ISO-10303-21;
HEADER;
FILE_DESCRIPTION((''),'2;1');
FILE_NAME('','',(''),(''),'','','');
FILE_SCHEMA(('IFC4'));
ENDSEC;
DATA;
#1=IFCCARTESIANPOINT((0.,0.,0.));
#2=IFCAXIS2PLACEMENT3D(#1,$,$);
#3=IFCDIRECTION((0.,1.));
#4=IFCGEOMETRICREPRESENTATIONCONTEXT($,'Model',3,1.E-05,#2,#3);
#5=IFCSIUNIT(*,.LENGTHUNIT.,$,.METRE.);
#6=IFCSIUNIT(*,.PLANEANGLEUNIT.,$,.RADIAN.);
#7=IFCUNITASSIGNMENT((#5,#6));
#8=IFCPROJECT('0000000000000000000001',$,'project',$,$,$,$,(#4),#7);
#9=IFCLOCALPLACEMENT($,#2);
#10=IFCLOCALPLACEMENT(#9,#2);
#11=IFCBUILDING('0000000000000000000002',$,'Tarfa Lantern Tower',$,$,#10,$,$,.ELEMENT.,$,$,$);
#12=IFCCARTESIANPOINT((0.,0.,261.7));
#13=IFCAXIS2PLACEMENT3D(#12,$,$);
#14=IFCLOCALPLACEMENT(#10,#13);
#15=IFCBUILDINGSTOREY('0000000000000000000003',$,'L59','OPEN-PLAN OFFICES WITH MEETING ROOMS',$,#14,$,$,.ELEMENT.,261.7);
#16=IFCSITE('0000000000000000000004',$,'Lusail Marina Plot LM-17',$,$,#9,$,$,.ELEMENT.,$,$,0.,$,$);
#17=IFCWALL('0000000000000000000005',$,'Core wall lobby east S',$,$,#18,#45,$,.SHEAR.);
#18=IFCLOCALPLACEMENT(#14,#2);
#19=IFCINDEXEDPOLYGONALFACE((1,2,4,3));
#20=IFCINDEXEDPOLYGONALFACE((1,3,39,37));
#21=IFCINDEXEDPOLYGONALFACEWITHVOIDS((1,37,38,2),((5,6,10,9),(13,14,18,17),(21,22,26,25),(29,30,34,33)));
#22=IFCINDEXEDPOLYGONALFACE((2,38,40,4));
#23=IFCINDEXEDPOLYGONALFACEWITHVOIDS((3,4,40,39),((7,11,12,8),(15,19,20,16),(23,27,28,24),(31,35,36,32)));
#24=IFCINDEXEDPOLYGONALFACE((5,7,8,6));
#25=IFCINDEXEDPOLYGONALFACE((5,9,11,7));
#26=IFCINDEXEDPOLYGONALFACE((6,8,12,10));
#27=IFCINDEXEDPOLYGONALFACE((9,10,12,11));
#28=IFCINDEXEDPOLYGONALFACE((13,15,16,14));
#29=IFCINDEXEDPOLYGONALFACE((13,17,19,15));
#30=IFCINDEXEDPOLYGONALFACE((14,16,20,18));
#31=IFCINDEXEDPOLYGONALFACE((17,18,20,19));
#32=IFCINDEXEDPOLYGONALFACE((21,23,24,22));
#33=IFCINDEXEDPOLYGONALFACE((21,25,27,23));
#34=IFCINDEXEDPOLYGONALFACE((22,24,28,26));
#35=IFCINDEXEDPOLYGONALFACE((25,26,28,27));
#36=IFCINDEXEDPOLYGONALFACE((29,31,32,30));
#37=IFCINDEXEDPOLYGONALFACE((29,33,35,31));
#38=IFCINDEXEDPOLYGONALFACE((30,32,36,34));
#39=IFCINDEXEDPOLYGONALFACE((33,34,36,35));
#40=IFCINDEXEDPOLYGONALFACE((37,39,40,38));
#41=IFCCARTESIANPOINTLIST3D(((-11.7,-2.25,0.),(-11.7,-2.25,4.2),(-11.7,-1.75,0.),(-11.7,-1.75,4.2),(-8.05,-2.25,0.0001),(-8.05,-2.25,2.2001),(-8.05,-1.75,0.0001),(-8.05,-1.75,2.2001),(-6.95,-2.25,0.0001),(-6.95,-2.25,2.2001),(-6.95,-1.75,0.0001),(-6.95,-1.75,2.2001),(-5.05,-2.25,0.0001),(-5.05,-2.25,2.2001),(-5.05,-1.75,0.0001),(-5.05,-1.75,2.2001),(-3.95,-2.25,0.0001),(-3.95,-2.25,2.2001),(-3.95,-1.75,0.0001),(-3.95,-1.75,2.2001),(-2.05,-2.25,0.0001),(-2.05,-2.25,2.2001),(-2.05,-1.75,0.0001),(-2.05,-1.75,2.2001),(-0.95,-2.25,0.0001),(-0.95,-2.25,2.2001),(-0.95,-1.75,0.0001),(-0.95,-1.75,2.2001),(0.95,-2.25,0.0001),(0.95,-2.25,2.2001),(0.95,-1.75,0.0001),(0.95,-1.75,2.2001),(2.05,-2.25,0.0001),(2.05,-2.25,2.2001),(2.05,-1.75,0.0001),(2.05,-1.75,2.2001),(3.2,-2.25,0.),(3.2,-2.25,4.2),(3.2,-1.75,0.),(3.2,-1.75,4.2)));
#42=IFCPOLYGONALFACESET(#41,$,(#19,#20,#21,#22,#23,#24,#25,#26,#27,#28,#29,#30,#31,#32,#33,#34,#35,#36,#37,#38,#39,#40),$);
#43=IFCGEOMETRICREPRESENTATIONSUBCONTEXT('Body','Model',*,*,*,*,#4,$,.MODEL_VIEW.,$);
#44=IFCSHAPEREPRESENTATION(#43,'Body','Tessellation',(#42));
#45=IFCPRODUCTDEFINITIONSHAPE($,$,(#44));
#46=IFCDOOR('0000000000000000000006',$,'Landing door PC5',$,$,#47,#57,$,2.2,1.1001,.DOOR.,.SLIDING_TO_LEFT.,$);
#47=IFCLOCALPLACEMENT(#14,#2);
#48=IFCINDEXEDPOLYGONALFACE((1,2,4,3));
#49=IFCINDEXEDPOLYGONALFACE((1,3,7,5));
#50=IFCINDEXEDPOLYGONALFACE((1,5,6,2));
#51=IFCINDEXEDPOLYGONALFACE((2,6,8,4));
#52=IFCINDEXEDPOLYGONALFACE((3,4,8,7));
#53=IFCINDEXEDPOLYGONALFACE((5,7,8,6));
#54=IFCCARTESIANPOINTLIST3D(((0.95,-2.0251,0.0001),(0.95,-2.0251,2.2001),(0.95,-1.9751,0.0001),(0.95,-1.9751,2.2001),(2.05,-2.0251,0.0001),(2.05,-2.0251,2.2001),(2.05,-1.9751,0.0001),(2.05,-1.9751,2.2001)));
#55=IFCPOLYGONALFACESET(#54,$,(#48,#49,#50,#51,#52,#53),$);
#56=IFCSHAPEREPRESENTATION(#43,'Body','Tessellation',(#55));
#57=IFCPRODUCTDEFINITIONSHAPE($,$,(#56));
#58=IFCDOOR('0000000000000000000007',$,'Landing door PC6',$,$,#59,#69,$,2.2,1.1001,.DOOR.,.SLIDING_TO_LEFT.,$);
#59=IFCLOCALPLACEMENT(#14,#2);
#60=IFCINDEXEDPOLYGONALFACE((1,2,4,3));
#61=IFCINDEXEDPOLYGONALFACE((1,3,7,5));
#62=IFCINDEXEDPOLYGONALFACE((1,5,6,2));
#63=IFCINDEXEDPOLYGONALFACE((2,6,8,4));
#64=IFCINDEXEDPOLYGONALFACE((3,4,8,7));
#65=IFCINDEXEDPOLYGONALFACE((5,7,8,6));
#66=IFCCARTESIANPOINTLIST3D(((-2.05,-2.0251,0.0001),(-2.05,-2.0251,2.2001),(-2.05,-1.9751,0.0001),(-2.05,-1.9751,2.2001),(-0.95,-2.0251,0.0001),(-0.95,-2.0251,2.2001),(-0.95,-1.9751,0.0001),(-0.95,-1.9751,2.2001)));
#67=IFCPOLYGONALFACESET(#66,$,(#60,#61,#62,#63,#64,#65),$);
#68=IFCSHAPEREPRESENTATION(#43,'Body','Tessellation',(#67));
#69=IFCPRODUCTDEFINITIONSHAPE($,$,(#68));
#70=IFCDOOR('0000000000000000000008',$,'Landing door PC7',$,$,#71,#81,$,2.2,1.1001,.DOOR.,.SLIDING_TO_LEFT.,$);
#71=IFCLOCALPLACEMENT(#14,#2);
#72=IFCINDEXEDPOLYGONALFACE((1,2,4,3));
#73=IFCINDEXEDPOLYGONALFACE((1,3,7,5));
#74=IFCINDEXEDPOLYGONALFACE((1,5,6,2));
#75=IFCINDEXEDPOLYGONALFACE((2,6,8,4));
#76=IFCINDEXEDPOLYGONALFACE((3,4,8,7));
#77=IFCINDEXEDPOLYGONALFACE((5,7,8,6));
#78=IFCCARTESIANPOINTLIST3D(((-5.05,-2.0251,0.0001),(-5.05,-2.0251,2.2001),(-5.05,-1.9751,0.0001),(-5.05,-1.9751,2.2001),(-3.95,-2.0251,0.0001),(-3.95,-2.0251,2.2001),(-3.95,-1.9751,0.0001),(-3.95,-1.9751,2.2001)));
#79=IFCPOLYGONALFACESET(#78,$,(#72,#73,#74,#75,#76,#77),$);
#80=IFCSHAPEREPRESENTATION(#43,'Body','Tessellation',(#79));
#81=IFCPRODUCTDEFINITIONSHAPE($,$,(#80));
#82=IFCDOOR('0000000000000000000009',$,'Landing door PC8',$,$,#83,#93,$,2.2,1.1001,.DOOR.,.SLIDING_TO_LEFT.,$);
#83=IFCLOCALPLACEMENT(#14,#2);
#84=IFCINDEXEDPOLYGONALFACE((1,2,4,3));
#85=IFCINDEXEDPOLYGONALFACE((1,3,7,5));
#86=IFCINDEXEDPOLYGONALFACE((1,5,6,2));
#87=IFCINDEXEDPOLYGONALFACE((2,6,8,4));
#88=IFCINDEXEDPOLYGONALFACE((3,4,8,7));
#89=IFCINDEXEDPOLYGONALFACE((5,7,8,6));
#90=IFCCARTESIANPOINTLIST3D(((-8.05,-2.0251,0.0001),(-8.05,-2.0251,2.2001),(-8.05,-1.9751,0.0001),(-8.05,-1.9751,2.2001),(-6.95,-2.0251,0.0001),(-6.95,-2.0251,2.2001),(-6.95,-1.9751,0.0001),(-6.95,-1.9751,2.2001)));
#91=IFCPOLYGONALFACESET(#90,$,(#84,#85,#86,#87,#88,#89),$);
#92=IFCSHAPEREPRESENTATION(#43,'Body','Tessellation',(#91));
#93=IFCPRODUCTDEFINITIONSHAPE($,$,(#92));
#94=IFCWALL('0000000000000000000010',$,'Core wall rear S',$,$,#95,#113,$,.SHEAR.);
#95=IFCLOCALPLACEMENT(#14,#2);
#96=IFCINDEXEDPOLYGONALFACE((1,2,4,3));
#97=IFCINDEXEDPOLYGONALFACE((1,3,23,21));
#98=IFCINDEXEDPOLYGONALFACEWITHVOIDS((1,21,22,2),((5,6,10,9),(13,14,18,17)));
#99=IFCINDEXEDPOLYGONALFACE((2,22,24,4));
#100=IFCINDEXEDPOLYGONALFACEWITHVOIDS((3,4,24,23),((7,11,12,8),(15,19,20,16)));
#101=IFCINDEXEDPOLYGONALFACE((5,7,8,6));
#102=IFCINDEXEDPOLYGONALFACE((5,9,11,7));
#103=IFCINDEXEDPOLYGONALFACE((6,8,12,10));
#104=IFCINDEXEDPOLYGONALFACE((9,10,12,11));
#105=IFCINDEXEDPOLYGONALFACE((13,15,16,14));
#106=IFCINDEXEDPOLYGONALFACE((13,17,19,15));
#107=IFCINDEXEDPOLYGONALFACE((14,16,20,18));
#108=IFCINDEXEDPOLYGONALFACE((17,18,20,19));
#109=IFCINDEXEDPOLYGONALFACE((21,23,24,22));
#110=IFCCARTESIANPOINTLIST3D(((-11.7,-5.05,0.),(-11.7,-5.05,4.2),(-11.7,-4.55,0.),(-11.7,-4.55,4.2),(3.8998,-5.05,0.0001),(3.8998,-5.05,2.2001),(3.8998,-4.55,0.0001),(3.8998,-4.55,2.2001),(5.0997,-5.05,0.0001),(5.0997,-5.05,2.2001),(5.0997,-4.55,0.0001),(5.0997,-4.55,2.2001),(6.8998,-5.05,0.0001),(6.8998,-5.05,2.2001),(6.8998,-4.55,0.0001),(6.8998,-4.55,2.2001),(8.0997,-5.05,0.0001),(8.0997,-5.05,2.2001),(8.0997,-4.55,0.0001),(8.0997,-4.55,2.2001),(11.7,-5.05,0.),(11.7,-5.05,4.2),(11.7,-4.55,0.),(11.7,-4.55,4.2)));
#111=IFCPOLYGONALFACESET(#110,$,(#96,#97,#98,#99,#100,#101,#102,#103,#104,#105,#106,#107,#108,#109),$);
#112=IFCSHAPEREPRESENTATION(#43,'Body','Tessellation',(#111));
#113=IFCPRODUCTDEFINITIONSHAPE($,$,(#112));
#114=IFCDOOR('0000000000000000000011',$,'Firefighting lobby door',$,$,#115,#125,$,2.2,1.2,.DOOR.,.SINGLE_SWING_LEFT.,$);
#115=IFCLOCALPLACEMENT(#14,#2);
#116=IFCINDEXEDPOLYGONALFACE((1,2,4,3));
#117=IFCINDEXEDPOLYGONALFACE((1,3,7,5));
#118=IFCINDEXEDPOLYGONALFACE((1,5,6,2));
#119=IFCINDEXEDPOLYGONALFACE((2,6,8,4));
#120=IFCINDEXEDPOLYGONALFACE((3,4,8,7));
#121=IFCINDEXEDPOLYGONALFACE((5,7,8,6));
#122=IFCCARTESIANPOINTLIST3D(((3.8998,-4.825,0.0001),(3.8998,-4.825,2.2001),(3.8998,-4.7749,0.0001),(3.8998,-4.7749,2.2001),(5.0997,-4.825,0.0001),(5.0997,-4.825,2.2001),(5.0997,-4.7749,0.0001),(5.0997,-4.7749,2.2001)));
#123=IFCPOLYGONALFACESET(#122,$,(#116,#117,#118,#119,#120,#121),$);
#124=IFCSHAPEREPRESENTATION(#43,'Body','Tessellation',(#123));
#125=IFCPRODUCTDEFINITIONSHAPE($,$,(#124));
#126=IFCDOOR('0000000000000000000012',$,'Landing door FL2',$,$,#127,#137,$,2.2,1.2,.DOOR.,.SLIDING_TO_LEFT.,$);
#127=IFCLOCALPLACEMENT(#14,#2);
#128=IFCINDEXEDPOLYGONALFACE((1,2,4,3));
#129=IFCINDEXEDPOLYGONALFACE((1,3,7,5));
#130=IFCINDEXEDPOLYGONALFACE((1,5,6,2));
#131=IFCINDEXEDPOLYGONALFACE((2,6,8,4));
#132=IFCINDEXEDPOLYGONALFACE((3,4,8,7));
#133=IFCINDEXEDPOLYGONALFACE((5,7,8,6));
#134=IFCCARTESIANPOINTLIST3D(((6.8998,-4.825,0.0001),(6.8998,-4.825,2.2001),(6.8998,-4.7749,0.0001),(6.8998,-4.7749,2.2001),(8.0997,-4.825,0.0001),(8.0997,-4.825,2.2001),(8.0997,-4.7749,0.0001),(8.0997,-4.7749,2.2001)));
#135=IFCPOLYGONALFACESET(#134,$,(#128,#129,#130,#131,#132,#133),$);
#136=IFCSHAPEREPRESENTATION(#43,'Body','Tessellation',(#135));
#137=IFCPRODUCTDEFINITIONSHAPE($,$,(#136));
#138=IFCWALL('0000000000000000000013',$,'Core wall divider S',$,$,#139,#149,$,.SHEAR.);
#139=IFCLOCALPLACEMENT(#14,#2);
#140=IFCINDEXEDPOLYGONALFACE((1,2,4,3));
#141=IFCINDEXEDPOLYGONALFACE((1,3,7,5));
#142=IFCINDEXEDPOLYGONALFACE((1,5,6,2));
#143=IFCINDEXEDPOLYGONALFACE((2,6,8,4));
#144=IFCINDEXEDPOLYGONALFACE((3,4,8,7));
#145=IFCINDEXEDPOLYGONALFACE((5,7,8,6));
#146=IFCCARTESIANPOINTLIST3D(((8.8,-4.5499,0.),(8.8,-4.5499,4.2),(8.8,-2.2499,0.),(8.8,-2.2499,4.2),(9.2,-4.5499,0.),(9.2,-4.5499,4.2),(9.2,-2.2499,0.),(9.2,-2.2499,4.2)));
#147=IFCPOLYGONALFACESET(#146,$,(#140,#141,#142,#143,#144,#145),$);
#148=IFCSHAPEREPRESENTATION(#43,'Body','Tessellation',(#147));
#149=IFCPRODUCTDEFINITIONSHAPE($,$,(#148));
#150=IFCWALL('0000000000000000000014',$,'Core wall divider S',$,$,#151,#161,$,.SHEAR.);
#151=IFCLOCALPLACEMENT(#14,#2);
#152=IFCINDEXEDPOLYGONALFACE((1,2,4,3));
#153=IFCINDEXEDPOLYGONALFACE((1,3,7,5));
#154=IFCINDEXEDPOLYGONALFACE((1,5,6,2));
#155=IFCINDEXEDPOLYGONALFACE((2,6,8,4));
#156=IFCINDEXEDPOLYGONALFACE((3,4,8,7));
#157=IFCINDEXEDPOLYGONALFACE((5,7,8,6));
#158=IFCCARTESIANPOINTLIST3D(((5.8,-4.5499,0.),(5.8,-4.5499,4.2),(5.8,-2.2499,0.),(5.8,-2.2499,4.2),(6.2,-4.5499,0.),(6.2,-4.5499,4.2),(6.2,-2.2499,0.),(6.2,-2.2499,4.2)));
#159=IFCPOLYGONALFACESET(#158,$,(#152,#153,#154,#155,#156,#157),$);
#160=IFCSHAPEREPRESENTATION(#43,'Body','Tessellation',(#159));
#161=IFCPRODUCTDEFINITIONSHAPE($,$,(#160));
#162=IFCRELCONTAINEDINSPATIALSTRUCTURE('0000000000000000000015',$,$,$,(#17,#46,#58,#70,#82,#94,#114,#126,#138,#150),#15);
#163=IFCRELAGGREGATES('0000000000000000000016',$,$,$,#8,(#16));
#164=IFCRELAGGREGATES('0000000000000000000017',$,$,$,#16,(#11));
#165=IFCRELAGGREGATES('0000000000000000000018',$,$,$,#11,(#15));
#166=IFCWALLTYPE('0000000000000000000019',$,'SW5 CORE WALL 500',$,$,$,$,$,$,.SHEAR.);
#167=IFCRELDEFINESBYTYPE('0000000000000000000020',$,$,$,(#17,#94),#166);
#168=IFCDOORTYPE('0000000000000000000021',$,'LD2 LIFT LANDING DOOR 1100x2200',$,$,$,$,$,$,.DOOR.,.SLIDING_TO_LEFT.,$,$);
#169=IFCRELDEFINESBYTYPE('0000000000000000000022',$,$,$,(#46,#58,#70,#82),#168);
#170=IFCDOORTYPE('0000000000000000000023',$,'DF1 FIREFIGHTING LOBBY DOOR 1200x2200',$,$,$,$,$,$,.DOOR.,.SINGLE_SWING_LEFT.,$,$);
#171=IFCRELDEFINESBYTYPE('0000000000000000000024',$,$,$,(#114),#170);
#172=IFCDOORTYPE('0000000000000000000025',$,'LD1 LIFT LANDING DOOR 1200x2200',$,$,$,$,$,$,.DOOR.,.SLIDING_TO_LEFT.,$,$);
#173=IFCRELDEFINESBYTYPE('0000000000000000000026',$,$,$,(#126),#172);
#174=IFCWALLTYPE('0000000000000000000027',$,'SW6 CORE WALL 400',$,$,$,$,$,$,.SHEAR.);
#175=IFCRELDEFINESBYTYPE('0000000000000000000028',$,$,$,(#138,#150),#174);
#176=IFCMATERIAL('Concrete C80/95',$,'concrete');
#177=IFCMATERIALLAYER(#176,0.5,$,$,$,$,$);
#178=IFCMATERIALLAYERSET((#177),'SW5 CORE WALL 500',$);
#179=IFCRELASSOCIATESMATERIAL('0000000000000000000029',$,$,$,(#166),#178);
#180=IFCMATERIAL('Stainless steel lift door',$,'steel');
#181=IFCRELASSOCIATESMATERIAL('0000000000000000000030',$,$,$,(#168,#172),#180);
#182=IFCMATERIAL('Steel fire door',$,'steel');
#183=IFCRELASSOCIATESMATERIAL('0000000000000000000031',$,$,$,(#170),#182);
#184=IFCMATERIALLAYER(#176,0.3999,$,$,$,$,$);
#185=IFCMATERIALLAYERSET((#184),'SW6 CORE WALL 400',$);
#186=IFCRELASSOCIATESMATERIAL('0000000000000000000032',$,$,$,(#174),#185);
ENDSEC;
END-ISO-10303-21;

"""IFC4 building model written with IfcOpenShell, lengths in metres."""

from ifc_helpers import new_model, si_unit, direction, frame, frame_2d, origin, place, context, subcontext, project, spatial, rectangle, extrude, material, layer, layer_set, type_object, element, fill, save


model = new_model("IFC4")

# Units and contexts
model_context = context("Model", 3, precision=1e-05, world=origin(), true_north=direction((0.0, 1.0)))
body_context = subcontext(model_context, "Body", "Model", "MODEL_VIEW")
ifc_project = project(units=[si_unit("LENGTHUNIT", "METRE"), si_unit("PLANEANGLEUNIT", "RADIAN")], contexts=[model_context])

# Site, building, storey
site_placement = place(None, origin())
site = spatial("IfcSite", under=ifc_project, at=site_placement, Name="Lusail Marina Plot LM-17", CompositionType="ELEMENT", RefElevation=0.0)
building_placement = place(site_placement, origin())
building = spatial("IfcBuilding", under=site, at=building_placement, Name="Tarfa Lantern Tower", CompositionType="ELEMENT")
storey_placement = place(building_placement, frame((0.0, 0.0, 261.7)))
storey = spatial("IfcBuildingStorey", under=building, at=storey_placement, Name="L59", Description="OPEN-PLAN OFFICES WITH MEETING ROOMS", CompositionType="ELEMENT", Elevation=261.7)

# Shared definitions
ifc_material_1 = material(Name="Concrete C80/95", Category="concrete")

# Shared definitions
ifc_material_2 = material(Name="Steel fire door", Category="steel")

# Shared definitions
ifc_layer_1 = layer(ifc_material_1, 0.5)
ifc_layer_set_1 = layer_set([ifc_layer_1], Name="SW5 CORE WALL 500")
wall_type_1 = type_object("IfcWallType", Name="SW5 CORE WALL 500", PredefinedType="SHEAR", material=ifc_layer_set_1)

# Walls, openings, doors
wall_1_placement = place(storey_placement, frame((3.2, -2.0, 0.0), z_axis=(0.0, 0.0, 1.0), x_axis=(-1.0, 0.0, 0.0)))
wall_1 = element("IfcWall", 1, at=wall_1_placement, inside=storey, type_object=wall_type_1, Name="Core wall lobby east S", PredefinedType="SHEAR", context=body_context, shape_type="SweptSolid", body=[
    extrude(rectangle(XDim=14.8999, YDim=0.5, at=frame_2d((7.45, 0.0))), origin(), (0.0, 0.0, 1.0), 4.2),
])
opening_1_placement = place(wall_1_placement, frame((1.1499, 0.0, 0.0)))
opening_1 = element("IfcOpeningElement", 2, at=opening_1_placement, cuts=wall_1, PredefinedType="OPENING", context=body_context, shape_type="SweptSolid", body=[
    extrude(rectangle(XDim=1.1001, YDim=2.2, at=frame_2d((0.55, 1.1001))), frame((0.0, 0.26, 0.0), z_axis=(0.0, -1.0, 0.0), x_axis=(1.0, 0.0, 0.0)), (0.0, 0.0, 1.0), 0.52),
])
opening_2_placement = place(wall_1_placement, frame((4.1499, 0.0, 0.0)))
opening_2 = element("IfcOpeningElement", 3, at=opening_2_placement, cuts=wall_1, PredefinedType="OPENING", context=body_context, shape_type="SweptSolid", body=[
    extrude(rectangle(XDim=1.1001, YDim=2.2, at=frame_2d((0.55, 1.1001))), frame((0.0, 0.26, 0.0), z_axis=(0.0, -1.0, 0.0), x_axis=(1.0, 0.0, 0.0)), (0.0, 0.0, 1.0), 0.52),
])
opening_3_placement = place(wall_1_placement, frame((7.1499, 0.0, 0.0)))
opening_3 = element("IfcOpeningElement", 4, at=opening_3_placement, cuts=wall_1, PredefinedType="OPENING", context=body_context, shape_type="SweptSolid", body=[
    extrude(rectangle(XDim=1.1001, YDim=2.2, at=frame_2d((0.55, 1.1001))), frame((0.0, 0.26, 0.0), z_axis=(0.0, -1.0, 0.0), x_axis=(1.0, 0.0, 0.0)), (0.0, 0.0, 1.0), 0.52),
])
opening_4_placement = place(wall_1_placement, frame((10.1499, 0.0, 0.0)))
opening_4 = element("IfcOpeningElement", 5, at=opening_4_placement, cuts=wall_1, PredefinedType="OPENING", context=body_context, shape_type="SweptSolid", body=[
    extrude(rectangle(XDim=1.1001, YDim=2.2, at=frame_2d((0.55, 1.1001))), frame((0.0, 0.26, 0.0), z_axis=(0.0, -1.0, 0.0), x_axis=(1.0, 0.0, 0.0)), (0.0, 0.0, 1.0), 0.52),
])
ifc_material_3 = material(Name="Stainless steel lift door", Category="steel")
door_type_1 = type_object("IfcDoorType", Name="LD2 LIFT LANDING DOOR 1100x2200", OperationType="SLIDING_TO_LEFT", PredefinedType="DOOR", material=ifc_material_3)
door_1_placement = place(opening_1_placement, frame((1.1001, 0.0, 0.0), z_axis=(0.0, 0.0, 1.0), x_axis=(-1.0, 0.0, 0.0)))
door_1 = element("IfcDoor", 6, at=door_1_placement, inside=storey, type_object=door_type_1, Name="Landing door PC5", OperationType="SLIDING_TO_LEFT", OverallHeight=2.2, OverallWidth=1.1001, PredefinedType="DOOR", context=body_context, shape_type="SweptSolid", body=[
    extrude(rectangle(XDim=1.1001, YDim=2.2, at=frame_2d((0.55, 1.1001))), frame((0.0, 0.0249, 0.0), z_axis=(0.0, -1.0, 0.0), x_axis=(1.0, 0.0, 0.0)), (0.0, 0.0, 1.0), 0.05),
])
fill(opening_1, door_1)
door_2_placement = place(opening_2_placement, frame((1.1001, 0.0, 0.0), z_axis=(0.0, 0.0, 1.0), x_axis=(-1.0, 0.0, 0.0)))
door_2 = element("IfcDoor", 7, at=door_2_placement, inside=storey, type_object=door_type_1, Name="Landing door PC6", OperationType="SLIDING_TO_LEFT", OverallHeight=2.2, OverallWidth=1.1001, PredefinedType="DOOR", context=body_context, shape_type="SweptSolid", body=[
    extrude(rectangle(XDim=1.1001, YDim=2.2, at=frame_2d((0.55, 1.1001))), frame((0.0, 0.0249, 0.0), z_axis=(0.0, -1.0, 0.0), x_axis=(1.0, 0.0, 0.0)), (0.0, 0.0, 1.0), 0.05),
])
fill(opening_2, door_2)
door_3_placement = place(opening_3_placement, frame((1.1001, 0.0, 0.0), z_axis=(0.0, 0.0, 1.0), x_axis=(-1.0, 0.0, 0.0)))
door_3 = element("IfcDoor", 8, at=door_3_placement, inside=storey, type_object=door_type_1, Name="Landing door PC7", OperationType="SLIDING_TO_LEFT", OverallHeight=2.2, OverallWidth=1.1001, PredefinedType="DOOR", context=body_context, shape_type="SweptSolid", body=[
    extrude(rectangle(XDim=1.1001, YDim=2.2, at=frame_2d((0.55, 1.1001))), frame((0.0, 0.0249, 0.0), z_axis=(0.0, -1.0, 0.0), x_axis=(1.0, 0.0, 0.0)), (0.0, 0.0, 1.0), 0.05),
])
fill(opening_3, door_3)
door_4_placement = place(opening_4_placement, frame((1.1001, 0.0, 0.0), z_axis=(0.0, 0.0, 1.0), x_axis=(-1.0, 0.0, 0.0)))
door_4 = element("IfcDoor", 9, at=door_4_placement, inside=storey, type_object=door_type_1, Name="Landing door PC8", OperationType="SLIDING_TO_LEFT", OverallHeight=2.2, OverallWidth=1.1001, PredefinedType="DOOR", context=body_context, shape_type="SweptSolid", body=[
    extrude(rectangle(XDim=1.1001, YDim=2.2, at=frame_2d((0.55, 1.1001))), frame((0.0, 0.0249, 0.0), z_axis=(0.0, -1.0, 0.0), x_axis=(1.0, 0.0, 0.0)), (0.0, 0.0, 1.0), 0.05),
])
fill(opening_4, door_4)
wall_2_placement = place(storey_placement, frame((11.7, -4.8, 0.0), z_axis=(0.0, 0.0, 1.0), x_axis=(-1.0, 0.0, 0.0)))
wall_2 = element("IfcWall", 10, at=wall_2_placement, inside=storey, type_object=wall_type_1, Name="Core wall rear S", PredefinedType="SHEAR", context=body_context, shape_type="SweptSolid", body=[
    extrude(rectangle(XDim=23.3999, YDim=0.5, at=frame_2d((11.7, 0.0))), origin(), (0.0, 0.0, 1.0), 4.2),
])
opening_5_placement = place(wall_2_placement, frame((6.6001, 0.0, 0.0)))
opening_5 = element("IfcOpeningElement", 11, at=opening_5_placement, cuts=wall_2, PredefinedType="OPENING", context=body_context, shape_type="SweptSolid", body=[
    extrude(rectangle(XDim=1.2, YDim=2.2, at=frame_2d((0.6001, 1.1001))), frame((0.0, 0.26, 0.0), z_axis=(0.0, -1.0, 0.0), x_axis=(1.0, 0.0, 0.0)), (0.0, 0.0, 1.0), 0.52),
])
opening_6_placement = place(wall_2_placement, frame((3.6001, 0.0, 0.0)))
opening_6 = element("IfcOpeningElement", 12, at=opening_6_placement, cuts=wall_2, PredefinedType="OPENING", context=body_context, shape_type="SweptSolid", body=[
    extrude(rectangle(XDim=1.2, YDim=2.2, at=frame_2d((0.6001, 1.1001))), frame((0.0, 0.26, 0.0), z_axis=(0.0, -1.0, 0.0), x_axis=(1.0, 0.0, 0.0)), (0.0, 0.0, 1.0), 0.52),
])
door_type_2 = type_object("IfcDoorType", Name="DF1 FIREFIGHTING LOBBY DOOR 1200x2200", OperationType="SINGLE_SWING_LEFT", PredefinedType="DOOR", material=ifc_material_2)
door_5_placement = place(opening_5_placement, origin())
door_5 = element("IfcDoor", 13, at=door_5_placement, inside=storey, type_object=door_type_2, Name="Firefighting lobby door", OperationType="SINGLE_SWING_LEFT", OverallHeight=2.2, OverallWidth=1.2, PredefinedType="DOOR", context=body_context, shape_type="SweptSolid", body=[
    extrude(rectangle(XDim=1.2, YDim=2.2, at=frame_2d((0.6001, 1.1001))), frame((0.0, 0.0249, 0.0), z_axis=(0.0, -1.0, 0.0), x_axis=(1.0, 0.0, 0.0)), (0.0, 0.0, 1.0), 0.05),
])
fill(opening_5, door_5)
door_type_3 = type_object("IfcDoorType", Name="LD1 LIFT LANDING DOOR 1200x2200", OperationType="SLIDING_TO_LEFT", PredefinedType="DOOR", material=ifc_material_3)
door_6_placement = place(opening_6_placement, origin())
door_6 = element("IfcDoor", 14, at=door_6_placement, inside=storey, type_object=door_type_3, Name="Landing door FL2", OperationType="SLIDING_TO_LEFT", OverallHeight=2.2, OverallWidth=1.2, PredefinedType="DOOR", context=body_context, shape_type="SweptSolid", body=[
    extrude(rectangle(XDim=1.2, YDim=2.2, at=frame_2d((0.6001, 1.1001))), frame((0.0, 0.0249, 0.0), z_axis=(0.0, -1.0, 0.0), x_axis=(1.0, 0.0, 0.0)), (0.0, 0.0, 1.0), 0.05),
])
fill(opening_6, door_6)

# Walls
ifc_layer_2 = layer(ifc_material_1, 0.3999)
ifc_layer_set_2 = layer_set([ifc_layer_2], Name="SW6 CORE WALL 400")
wall_type_2 = type_object("IfcWallType", Name="SW6 CORE WALL 400", PredefinedType="SHEAR", material=ifc_layer_set_2)
for number, where, z_axis, x_axis, name in (
    (15, (9.0, -2.25, 0.0), (0.0, 0.0, 1.0), (0.0, -1.0, 0.0), "Core wall divider S"),
    (16, (6.0, -2.25, 0.0), (0.0, 0.0, 1.0), (0.0, -1.0, 0.0), "Core wall divider S"),
):
    element("IfcWall", number, at=place(storey_placement, frame(where, z_axis=z_axis, x_axis=x_axis)), inside=storey, type_object=wall_type_2, Name=name, PredefinedType="SHEAR", context=body_context, shape_type="SweptSolid", body=[
        extrude(rectangle(XDim=2.3, YDim=0.3999, at=frame_2d((1.1499, 0.0))), origin(), (0.0, 0.0, 1.0), 4.2),
    ])

save(model, "model.ifc")
